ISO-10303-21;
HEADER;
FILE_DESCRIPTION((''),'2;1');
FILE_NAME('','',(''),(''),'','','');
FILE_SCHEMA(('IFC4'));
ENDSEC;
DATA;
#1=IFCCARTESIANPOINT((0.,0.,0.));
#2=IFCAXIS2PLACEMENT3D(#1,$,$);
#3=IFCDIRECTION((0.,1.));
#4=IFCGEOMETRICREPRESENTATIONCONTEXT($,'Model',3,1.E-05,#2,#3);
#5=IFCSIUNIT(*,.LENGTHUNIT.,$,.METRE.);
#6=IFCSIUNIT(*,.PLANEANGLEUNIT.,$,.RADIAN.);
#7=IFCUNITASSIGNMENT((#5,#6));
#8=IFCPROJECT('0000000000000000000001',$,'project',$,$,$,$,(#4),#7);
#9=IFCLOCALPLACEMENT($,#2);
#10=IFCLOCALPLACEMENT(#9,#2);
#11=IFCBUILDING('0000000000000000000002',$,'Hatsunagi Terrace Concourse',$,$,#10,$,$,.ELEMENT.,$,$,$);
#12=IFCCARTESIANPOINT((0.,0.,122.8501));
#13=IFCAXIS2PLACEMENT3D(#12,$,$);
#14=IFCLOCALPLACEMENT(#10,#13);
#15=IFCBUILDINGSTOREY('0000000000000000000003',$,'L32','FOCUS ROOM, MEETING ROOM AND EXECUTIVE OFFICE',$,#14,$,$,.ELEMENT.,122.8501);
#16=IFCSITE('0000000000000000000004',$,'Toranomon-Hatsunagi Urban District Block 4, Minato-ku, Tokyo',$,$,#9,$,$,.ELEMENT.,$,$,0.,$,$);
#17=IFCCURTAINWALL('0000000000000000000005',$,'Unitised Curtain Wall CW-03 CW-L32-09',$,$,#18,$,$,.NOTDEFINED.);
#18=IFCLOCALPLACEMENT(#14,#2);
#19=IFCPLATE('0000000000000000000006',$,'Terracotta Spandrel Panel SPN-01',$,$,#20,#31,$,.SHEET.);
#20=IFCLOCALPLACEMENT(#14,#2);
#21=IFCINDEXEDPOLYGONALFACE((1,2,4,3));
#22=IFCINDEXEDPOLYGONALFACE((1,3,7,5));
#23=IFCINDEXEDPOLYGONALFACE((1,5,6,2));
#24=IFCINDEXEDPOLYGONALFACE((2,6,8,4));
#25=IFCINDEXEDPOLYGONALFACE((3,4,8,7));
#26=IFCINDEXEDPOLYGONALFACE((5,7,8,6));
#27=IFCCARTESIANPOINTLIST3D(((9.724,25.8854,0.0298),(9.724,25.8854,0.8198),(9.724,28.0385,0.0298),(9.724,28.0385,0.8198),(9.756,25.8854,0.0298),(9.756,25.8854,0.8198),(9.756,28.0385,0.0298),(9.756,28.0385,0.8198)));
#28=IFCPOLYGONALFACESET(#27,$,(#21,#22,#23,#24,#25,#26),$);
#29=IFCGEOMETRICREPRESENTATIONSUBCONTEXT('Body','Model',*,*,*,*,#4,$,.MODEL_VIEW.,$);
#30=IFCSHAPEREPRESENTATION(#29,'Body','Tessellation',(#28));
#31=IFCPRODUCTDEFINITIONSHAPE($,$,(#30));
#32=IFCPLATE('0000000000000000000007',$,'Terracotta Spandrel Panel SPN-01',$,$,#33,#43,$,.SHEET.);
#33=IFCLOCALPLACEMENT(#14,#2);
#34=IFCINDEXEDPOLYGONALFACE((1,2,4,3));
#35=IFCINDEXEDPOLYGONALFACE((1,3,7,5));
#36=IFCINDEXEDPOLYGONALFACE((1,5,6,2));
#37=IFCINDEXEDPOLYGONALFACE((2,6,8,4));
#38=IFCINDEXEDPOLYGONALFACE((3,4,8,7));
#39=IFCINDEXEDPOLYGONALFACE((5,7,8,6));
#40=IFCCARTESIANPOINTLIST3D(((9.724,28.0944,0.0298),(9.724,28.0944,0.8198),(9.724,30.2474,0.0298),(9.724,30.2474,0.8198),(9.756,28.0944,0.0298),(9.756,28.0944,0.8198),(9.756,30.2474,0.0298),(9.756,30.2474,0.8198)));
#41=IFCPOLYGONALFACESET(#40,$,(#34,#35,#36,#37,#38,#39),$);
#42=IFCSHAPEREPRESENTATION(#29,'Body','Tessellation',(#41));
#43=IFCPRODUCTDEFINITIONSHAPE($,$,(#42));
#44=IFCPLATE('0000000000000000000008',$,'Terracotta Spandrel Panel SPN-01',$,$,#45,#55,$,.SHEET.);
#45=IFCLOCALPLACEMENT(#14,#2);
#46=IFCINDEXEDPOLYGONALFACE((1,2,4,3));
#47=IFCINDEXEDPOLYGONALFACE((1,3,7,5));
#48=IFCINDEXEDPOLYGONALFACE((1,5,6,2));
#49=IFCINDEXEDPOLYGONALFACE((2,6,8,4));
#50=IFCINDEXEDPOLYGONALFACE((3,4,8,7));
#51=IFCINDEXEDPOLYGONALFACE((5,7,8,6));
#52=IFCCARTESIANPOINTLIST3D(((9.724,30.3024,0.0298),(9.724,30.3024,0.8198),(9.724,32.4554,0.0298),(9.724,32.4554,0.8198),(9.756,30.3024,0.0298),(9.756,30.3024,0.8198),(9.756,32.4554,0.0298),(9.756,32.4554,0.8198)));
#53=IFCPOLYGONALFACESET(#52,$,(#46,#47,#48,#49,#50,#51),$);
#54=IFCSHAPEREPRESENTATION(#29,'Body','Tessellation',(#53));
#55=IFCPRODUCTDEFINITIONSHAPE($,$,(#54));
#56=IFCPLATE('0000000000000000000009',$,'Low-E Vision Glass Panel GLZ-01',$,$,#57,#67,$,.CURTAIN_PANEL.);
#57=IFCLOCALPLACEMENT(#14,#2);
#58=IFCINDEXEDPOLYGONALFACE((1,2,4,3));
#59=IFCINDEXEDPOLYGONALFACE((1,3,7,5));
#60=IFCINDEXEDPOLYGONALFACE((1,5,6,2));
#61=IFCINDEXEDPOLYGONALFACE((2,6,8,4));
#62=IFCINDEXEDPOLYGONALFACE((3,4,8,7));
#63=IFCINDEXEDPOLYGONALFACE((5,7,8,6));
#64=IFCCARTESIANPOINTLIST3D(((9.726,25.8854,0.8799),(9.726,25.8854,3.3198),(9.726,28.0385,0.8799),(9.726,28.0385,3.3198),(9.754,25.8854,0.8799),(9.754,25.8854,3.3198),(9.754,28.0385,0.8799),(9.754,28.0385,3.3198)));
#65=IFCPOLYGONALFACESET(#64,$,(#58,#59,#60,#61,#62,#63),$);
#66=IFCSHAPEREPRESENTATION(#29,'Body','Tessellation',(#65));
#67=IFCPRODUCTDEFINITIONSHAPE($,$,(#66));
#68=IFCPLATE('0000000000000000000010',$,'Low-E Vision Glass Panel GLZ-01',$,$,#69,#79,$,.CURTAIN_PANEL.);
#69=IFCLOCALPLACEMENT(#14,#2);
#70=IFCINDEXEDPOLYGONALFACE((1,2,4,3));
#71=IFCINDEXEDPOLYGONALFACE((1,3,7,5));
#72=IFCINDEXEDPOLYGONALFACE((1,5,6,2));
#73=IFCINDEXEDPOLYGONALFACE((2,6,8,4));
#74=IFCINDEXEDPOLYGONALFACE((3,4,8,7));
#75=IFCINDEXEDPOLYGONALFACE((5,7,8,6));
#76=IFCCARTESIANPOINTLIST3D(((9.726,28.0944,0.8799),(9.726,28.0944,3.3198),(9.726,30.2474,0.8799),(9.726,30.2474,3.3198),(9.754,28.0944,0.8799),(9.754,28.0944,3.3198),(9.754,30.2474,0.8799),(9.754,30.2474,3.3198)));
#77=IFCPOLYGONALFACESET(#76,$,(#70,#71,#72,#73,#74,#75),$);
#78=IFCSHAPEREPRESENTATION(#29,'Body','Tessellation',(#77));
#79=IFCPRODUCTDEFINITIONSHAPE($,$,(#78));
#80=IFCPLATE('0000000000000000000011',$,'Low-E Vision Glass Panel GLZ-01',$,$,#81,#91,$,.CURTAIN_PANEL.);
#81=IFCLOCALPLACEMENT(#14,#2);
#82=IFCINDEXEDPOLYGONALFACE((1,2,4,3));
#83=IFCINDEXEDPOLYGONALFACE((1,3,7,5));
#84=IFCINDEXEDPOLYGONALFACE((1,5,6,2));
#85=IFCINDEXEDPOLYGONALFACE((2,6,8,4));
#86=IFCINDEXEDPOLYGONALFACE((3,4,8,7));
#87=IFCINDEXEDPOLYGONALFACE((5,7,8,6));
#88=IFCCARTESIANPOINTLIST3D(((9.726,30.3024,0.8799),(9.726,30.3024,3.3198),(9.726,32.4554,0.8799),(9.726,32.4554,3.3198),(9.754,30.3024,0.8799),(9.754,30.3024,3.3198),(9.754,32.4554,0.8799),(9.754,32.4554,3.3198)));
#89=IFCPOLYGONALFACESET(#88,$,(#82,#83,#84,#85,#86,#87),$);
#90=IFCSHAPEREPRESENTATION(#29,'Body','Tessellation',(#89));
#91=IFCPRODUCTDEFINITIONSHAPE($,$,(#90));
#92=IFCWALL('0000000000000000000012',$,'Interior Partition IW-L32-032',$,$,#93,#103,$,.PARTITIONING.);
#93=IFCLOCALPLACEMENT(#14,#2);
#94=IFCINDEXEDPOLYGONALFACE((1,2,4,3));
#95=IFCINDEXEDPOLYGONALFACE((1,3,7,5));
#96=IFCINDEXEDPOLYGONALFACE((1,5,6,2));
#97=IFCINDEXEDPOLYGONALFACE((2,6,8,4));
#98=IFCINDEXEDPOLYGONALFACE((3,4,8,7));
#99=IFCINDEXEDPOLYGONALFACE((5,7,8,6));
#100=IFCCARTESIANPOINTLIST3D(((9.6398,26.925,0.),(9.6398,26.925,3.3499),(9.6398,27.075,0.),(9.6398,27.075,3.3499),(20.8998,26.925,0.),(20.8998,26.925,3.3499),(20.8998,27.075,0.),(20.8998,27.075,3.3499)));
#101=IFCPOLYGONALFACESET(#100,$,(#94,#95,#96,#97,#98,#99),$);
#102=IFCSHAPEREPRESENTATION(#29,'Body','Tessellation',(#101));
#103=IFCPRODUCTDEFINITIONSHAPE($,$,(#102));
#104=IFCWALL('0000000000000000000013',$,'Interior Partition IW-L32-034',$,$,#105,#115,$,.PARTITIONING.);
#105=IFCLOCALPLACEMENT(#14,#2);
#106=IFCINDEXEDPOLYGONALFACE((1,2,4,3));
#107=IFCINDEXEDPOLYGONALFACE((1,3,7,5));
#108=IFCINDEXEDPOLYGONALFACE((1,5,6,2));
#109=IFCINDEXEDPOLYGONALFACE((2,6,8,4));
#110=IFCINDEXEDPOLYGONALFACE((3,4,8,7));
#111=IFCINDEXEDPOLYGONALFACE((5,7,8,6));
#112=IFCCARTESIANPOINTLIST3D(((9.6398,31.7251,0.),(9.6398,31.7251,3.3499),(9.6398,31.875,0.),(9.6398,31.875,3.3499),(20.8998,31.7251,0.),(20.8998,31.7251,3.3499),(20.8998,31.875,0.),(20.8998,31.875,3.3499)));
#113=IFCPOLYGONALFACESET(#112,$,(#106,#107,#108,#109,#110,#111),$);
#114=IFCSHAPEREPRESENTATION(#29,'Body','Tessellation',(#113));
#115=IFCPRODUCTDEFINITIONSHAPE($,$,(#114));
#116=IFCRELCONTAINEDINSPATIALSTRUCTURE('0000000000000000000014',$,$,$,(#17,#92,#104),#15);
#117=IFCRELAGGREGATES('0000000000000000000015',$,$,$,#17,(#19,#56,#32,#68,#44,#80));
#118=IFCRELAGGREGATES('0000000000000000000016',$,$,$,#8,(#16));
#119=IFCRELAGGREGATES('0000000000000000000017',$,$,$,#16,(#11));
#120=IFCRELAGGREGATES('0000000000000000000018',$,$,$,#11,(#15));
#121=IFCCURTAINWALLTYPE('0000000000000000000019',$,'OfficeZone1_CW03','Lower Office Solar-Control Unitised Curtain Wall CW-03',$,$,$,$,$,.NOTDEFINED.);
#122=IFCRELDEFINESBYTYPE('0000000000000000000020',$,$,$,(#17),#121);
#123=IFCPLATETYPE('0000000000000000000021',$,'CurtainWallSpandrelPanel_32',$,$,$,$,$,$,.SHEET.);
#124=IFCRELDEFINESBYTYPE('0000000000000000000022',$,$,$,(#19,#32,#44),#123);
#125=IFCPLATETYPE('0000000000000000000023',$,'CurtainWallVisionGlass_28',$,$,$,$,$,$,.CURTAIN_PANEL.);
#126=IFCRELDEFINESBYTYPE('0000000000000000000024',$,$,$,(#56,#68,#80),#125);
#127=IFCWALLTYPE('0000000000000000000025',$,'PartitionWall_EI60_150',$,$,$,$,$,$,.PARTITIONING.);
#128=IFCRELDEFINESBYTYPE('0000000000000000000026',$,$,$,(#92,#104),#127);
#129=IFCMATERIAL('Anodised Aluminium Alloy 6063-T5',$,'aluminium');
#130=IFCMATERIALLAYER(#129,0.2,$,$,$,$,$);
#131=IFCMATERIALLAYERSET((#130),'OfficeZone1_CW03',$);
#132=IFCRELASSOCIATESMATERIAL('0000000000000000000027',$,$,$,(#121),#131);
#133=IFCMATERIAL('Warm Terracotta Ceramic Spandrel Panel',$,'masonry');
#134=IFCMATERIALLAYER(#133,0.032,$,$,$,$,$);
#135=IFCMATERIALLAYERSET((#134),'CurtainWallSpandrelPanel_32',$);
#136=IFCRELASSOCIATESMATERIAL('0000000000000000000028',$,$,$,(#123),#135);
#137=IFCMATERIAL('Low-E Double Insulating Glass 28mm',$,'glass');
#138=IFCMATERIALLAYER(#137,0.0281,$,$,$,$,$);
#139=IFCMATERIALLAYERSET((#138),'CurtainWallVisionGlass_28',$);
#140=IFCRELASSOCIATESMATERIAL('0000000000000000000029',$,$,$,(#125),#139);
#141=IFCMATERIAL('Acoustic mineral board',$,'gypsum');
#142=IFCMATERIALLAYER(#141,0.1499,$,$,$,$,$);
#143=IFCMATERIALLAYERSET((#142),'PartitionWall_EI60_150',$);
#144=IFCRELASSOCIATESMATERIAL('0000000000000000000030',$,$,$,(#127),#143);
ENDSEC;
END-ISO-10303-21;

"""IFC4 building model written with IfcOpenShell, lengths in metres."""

from ifc_helpers import new_model, si_unit, direction, frame, frame_2d, origin, origin_2d, place, context, subcontext, project, spatial, rectangle, extrude, material, layer, layer_set, type_object, element, aggregate, save


model = new_model("IFC4")

# Units and contexts
model_context = context("Model", 3, precision=1e-05, world=origin(), true_north=direction((0.0, 1.0)))
body_context = subcontext(model_context, "Body", "Model", "MODEL_VIEW")
ifc_project = project(units=[si_unit("LENGTHUNIT", "METRE"), si_unit("PLANEANGLEUNIT", "RADIAN")], contexts=[model_context])

# Site, building, storey
site_placement = place(None, origin())
site = spatial("IfcSite", under=ifc_project, at=site_placement, Name="Toranomon-Hatsunagi Urban District Block 4, Minato-ku, Tokyo", CompositionType="ELEMENT", RefElevation=0.0)
building_placement = place(site_placement, origin())
building = spatial("IfcBuilding", under=site, at=building_placement, Name="Hatsunagi Terrace Concourse", CompositionType="ELEMENT")
storey_placement = place(building_placement, frame((0.0, 0.0, 122.8501)))
storey = spatial("IfcBuildingStorey", under=building, at=storey_placement, Name="L32", Description="FOCUS ROOM, MEETING ROOM AND EXECUTIVE OFFICE", CompositionType="ELEMENT", Elevation=122.8501)

# Curtain wall
ifc_material_1 = material(Name="Anodised Aluminium Alloy 6063-T5", Category="aluminium")
ifc_layer_1 = layer(ifc_material_1, 0.2)
ifc_layer_set_1 = layer_set([ifc_layer_1], Name="OfficeZone1_CW03")
curtain_wall_type = type_object("IfcCurtainWallType", Name="OfficeZone1_CW03", Description="Lower Office Solar-Control Unitised Curtain Wall CW-03", PredefinedType="NOTDEFINED", material=ifc_layer_set_1)
curtain_wall_placement = place(storey_placement, origin())
curtain_wall = element("IfcCurtainWall", 1, at=curtain_wall_placement, inside=storey, type_object=curtain_wall_type, Name="Unitised Curtain Wall CW-03 CW-L32-09", PredefinedType="NOTDEFINED")

# Plates
ifc_material_2 = material(Name="Warm Terracotta Ceramic Spandrel Panel", Category="masonry")
ifc_layer_2 = layer(ifc_material_2, 0.032)
ifc_layer_set_2 = layer_set([ifc_layer_2], Name="CurtainWallSpandrelPanel_32")
plate_type_1 = type_object("IfcPlateType", Name="CurtainWallSpandrelPanel_32", PredefinedType="SHEET", material=ifc_layer_set_2)
plate_1_placement = place(storey_placement, frame((9.74, 26.9619, 0.0298), z_axis=(0.0, 0.0, 1.0), x_axis=(0.0, 1.0, 0.0)))
plate_1 = element("IfcPlate", 2, at=plate_1_placement, type_object=plate_type_1, Name="Terracotta Spandrel Panel SPN-01", PredefinedType="SHEET", context=body_context, shape_type="SweptSolid", body=[
    extrude(rectangle(XDim=2.1531, YDim=0.032, at=origin_2d()), origin(), (0.0, 0.0, 1.0), 0.79),
])
plate_2_placement = place(storey_placement, frame((9.74, 29.1709, 0.0298), z_axis=(0.0, 0.0, 1.0), x_axis=(0.0, 1.0, 0.0)))
plate_2 = element("IfcPlate", 3, at=plate_2_placement, type_object=plate_type_1, Name="Terracotta Spandrel Panel SPN-01", PredefinedType="SHEET", context=body_context, shape_type="SweptSolid", body=[
    extrude(rectangle(XDim=2.1531, YDim=0.032, at=origin_2d()), origin(), (0.0, 0.0, 1.0), 0.79),
])
plate_3_placement = place(storey_placement, frame((9.74, 31.3789, 0.0298), z_axis=(0.0, 0.0, 1.0), x_axis=(0.0, 1.0, 0.0)))
plate_3 = element("IfcPlate", 4, at=plate_3_placement, type_object=plate_type_1, Name="Terracotta Spandrel Panel SPN-01", PredefinedType="SHEET", context=body_context, shape_type="SweptSolid", body=[
    extrude(rectangle(XDim=2.1531, YDim=0.032, at=origin_2d()), origin(), (0.0, 0.0, 1.0), 0.79),
])
ifc_material_3 = material(Name="Low-E Double Insulating Glass 28mm", Category="glass")
ifc_layer_3 = layer(ifc_material_3, 0.0281)
ifc_layer_set_3 = layer_set([ifc_layer_3], Name="CurtainWallVisionGlass_28")
plate_type_2 = type_object("IfcPlateType", Name="CurtainWallVisionGlass_28", PredefinedType="CURTAIN_PANEL", material=ifc_layer_set_3)
plate_4_placement = place(storey_placement, frame((9.74, 26.9619, 0.8799), z_axis=(0.0, 0.0, 1.0), x_axis=(0.0, 1.0, 0.0)))
plate_4 = element("IfcPlate", 5, at=plate_4_placement, type_object=plate_type_2, Name="Low-E Vision Glass Panel GLZ-01", PredefinedType="CURTAIN_PANEL", context=body_context, shape_type="SweptSolid", body=[
    extrude(rectangle(XDim=2.1531, YDim=0.0281, at=origin_2d()), origin(), (0.0, 0.0, 1.0), 2.4399),
])
plate_5_placement = place(storey_placement, frame((9.74, 29.1709, 0.8799), z_axis=(0.0, 0.0, 1.0), x_axis=(0.0, 1.0, 0.0)))
plate_5 = element("IfcPlate", 6, at=plate_5_placement, type_object=plate_type_2, Name="Low-E Vision Glass Panel GLZ-01", PredefinedType="CURTAIN_PANEL", context=body_context, shape_type="SweptSolid", body=[
    extrude(rectangle(XDim=2.1531, YDim=0.0281, at=origin_2d()), origin(), (0.0, 0.0, 1.0), 2.4399),
])
plate_6_placement = place(storey_placement, frame((9.74, 31.3789, 0.8799), z_axis=(0.0, 0.0, 1.0), x_axis=(0.0, 1.0, 0.0)))
plate_6 = element("IfcPlate", 7, at=plate_6_placement, type_object=plate_type_2, Name="Low-E Vision Glass Panel GLZ-01", PredefinedType="CURTAIN_PANEL", context=body_context, shape_type="SweptSolid", body=[
    extrude(rectangle(XDim=2.1531, YDim=0.0281, at=origin_2d()), origin(), (0.0, 0.0, 1.0), 2.4399),
])
aggregate(curtain_wall, [plate_1, plate_4, plate_2, plate_5, plate_3, plate_6])

# Walls
ifc_material_4 = material(Name="Acoustic mineral board", Category="gypsum")
ifc_layer_4 = layer(ifc_material_4, 0.1499)
ifc_layer_set_4 = layer_set([ifc_layer_4], Name="PartitionWall_EI60_150")
wall_type = type_object("IfcWallType", Name="PartitionWall_EI60_150", PredefinedType="PARTITIONING", material=ifc_layer_set_4)
for number, where, z_axis, x_axis, name in (
    (8, (9.6399, 27.0, 0.0), (0.0, 0.0, 1.0), (1.0, 0.0, 0.0), "Interior Partition IW-L32-032"),
    (9, (9.6399, 31.8, 0.0), (0.0, 0.0, 1.0), (1.0, 0.0, 0.0), "Interior Partition IW-L32-034"),
):
    element("IfcWall", number, at=place(storey_placement, frame(where, z_axis=z_axis, x_axis=x_axis)), inside=storey, type_object=wall_type, Name=name, PredefinedType="PARTITIONING", context=body_context, shape_type="SweptSolid", body=[
        extrude(rectangle(XDim=11.26, YDim=0.1499, at=frame_2d((5.6299, 0.0))), origin(), (0.0, 0.0, 1.0), 3.3499),
    ])

save(model, "model.ifc")
